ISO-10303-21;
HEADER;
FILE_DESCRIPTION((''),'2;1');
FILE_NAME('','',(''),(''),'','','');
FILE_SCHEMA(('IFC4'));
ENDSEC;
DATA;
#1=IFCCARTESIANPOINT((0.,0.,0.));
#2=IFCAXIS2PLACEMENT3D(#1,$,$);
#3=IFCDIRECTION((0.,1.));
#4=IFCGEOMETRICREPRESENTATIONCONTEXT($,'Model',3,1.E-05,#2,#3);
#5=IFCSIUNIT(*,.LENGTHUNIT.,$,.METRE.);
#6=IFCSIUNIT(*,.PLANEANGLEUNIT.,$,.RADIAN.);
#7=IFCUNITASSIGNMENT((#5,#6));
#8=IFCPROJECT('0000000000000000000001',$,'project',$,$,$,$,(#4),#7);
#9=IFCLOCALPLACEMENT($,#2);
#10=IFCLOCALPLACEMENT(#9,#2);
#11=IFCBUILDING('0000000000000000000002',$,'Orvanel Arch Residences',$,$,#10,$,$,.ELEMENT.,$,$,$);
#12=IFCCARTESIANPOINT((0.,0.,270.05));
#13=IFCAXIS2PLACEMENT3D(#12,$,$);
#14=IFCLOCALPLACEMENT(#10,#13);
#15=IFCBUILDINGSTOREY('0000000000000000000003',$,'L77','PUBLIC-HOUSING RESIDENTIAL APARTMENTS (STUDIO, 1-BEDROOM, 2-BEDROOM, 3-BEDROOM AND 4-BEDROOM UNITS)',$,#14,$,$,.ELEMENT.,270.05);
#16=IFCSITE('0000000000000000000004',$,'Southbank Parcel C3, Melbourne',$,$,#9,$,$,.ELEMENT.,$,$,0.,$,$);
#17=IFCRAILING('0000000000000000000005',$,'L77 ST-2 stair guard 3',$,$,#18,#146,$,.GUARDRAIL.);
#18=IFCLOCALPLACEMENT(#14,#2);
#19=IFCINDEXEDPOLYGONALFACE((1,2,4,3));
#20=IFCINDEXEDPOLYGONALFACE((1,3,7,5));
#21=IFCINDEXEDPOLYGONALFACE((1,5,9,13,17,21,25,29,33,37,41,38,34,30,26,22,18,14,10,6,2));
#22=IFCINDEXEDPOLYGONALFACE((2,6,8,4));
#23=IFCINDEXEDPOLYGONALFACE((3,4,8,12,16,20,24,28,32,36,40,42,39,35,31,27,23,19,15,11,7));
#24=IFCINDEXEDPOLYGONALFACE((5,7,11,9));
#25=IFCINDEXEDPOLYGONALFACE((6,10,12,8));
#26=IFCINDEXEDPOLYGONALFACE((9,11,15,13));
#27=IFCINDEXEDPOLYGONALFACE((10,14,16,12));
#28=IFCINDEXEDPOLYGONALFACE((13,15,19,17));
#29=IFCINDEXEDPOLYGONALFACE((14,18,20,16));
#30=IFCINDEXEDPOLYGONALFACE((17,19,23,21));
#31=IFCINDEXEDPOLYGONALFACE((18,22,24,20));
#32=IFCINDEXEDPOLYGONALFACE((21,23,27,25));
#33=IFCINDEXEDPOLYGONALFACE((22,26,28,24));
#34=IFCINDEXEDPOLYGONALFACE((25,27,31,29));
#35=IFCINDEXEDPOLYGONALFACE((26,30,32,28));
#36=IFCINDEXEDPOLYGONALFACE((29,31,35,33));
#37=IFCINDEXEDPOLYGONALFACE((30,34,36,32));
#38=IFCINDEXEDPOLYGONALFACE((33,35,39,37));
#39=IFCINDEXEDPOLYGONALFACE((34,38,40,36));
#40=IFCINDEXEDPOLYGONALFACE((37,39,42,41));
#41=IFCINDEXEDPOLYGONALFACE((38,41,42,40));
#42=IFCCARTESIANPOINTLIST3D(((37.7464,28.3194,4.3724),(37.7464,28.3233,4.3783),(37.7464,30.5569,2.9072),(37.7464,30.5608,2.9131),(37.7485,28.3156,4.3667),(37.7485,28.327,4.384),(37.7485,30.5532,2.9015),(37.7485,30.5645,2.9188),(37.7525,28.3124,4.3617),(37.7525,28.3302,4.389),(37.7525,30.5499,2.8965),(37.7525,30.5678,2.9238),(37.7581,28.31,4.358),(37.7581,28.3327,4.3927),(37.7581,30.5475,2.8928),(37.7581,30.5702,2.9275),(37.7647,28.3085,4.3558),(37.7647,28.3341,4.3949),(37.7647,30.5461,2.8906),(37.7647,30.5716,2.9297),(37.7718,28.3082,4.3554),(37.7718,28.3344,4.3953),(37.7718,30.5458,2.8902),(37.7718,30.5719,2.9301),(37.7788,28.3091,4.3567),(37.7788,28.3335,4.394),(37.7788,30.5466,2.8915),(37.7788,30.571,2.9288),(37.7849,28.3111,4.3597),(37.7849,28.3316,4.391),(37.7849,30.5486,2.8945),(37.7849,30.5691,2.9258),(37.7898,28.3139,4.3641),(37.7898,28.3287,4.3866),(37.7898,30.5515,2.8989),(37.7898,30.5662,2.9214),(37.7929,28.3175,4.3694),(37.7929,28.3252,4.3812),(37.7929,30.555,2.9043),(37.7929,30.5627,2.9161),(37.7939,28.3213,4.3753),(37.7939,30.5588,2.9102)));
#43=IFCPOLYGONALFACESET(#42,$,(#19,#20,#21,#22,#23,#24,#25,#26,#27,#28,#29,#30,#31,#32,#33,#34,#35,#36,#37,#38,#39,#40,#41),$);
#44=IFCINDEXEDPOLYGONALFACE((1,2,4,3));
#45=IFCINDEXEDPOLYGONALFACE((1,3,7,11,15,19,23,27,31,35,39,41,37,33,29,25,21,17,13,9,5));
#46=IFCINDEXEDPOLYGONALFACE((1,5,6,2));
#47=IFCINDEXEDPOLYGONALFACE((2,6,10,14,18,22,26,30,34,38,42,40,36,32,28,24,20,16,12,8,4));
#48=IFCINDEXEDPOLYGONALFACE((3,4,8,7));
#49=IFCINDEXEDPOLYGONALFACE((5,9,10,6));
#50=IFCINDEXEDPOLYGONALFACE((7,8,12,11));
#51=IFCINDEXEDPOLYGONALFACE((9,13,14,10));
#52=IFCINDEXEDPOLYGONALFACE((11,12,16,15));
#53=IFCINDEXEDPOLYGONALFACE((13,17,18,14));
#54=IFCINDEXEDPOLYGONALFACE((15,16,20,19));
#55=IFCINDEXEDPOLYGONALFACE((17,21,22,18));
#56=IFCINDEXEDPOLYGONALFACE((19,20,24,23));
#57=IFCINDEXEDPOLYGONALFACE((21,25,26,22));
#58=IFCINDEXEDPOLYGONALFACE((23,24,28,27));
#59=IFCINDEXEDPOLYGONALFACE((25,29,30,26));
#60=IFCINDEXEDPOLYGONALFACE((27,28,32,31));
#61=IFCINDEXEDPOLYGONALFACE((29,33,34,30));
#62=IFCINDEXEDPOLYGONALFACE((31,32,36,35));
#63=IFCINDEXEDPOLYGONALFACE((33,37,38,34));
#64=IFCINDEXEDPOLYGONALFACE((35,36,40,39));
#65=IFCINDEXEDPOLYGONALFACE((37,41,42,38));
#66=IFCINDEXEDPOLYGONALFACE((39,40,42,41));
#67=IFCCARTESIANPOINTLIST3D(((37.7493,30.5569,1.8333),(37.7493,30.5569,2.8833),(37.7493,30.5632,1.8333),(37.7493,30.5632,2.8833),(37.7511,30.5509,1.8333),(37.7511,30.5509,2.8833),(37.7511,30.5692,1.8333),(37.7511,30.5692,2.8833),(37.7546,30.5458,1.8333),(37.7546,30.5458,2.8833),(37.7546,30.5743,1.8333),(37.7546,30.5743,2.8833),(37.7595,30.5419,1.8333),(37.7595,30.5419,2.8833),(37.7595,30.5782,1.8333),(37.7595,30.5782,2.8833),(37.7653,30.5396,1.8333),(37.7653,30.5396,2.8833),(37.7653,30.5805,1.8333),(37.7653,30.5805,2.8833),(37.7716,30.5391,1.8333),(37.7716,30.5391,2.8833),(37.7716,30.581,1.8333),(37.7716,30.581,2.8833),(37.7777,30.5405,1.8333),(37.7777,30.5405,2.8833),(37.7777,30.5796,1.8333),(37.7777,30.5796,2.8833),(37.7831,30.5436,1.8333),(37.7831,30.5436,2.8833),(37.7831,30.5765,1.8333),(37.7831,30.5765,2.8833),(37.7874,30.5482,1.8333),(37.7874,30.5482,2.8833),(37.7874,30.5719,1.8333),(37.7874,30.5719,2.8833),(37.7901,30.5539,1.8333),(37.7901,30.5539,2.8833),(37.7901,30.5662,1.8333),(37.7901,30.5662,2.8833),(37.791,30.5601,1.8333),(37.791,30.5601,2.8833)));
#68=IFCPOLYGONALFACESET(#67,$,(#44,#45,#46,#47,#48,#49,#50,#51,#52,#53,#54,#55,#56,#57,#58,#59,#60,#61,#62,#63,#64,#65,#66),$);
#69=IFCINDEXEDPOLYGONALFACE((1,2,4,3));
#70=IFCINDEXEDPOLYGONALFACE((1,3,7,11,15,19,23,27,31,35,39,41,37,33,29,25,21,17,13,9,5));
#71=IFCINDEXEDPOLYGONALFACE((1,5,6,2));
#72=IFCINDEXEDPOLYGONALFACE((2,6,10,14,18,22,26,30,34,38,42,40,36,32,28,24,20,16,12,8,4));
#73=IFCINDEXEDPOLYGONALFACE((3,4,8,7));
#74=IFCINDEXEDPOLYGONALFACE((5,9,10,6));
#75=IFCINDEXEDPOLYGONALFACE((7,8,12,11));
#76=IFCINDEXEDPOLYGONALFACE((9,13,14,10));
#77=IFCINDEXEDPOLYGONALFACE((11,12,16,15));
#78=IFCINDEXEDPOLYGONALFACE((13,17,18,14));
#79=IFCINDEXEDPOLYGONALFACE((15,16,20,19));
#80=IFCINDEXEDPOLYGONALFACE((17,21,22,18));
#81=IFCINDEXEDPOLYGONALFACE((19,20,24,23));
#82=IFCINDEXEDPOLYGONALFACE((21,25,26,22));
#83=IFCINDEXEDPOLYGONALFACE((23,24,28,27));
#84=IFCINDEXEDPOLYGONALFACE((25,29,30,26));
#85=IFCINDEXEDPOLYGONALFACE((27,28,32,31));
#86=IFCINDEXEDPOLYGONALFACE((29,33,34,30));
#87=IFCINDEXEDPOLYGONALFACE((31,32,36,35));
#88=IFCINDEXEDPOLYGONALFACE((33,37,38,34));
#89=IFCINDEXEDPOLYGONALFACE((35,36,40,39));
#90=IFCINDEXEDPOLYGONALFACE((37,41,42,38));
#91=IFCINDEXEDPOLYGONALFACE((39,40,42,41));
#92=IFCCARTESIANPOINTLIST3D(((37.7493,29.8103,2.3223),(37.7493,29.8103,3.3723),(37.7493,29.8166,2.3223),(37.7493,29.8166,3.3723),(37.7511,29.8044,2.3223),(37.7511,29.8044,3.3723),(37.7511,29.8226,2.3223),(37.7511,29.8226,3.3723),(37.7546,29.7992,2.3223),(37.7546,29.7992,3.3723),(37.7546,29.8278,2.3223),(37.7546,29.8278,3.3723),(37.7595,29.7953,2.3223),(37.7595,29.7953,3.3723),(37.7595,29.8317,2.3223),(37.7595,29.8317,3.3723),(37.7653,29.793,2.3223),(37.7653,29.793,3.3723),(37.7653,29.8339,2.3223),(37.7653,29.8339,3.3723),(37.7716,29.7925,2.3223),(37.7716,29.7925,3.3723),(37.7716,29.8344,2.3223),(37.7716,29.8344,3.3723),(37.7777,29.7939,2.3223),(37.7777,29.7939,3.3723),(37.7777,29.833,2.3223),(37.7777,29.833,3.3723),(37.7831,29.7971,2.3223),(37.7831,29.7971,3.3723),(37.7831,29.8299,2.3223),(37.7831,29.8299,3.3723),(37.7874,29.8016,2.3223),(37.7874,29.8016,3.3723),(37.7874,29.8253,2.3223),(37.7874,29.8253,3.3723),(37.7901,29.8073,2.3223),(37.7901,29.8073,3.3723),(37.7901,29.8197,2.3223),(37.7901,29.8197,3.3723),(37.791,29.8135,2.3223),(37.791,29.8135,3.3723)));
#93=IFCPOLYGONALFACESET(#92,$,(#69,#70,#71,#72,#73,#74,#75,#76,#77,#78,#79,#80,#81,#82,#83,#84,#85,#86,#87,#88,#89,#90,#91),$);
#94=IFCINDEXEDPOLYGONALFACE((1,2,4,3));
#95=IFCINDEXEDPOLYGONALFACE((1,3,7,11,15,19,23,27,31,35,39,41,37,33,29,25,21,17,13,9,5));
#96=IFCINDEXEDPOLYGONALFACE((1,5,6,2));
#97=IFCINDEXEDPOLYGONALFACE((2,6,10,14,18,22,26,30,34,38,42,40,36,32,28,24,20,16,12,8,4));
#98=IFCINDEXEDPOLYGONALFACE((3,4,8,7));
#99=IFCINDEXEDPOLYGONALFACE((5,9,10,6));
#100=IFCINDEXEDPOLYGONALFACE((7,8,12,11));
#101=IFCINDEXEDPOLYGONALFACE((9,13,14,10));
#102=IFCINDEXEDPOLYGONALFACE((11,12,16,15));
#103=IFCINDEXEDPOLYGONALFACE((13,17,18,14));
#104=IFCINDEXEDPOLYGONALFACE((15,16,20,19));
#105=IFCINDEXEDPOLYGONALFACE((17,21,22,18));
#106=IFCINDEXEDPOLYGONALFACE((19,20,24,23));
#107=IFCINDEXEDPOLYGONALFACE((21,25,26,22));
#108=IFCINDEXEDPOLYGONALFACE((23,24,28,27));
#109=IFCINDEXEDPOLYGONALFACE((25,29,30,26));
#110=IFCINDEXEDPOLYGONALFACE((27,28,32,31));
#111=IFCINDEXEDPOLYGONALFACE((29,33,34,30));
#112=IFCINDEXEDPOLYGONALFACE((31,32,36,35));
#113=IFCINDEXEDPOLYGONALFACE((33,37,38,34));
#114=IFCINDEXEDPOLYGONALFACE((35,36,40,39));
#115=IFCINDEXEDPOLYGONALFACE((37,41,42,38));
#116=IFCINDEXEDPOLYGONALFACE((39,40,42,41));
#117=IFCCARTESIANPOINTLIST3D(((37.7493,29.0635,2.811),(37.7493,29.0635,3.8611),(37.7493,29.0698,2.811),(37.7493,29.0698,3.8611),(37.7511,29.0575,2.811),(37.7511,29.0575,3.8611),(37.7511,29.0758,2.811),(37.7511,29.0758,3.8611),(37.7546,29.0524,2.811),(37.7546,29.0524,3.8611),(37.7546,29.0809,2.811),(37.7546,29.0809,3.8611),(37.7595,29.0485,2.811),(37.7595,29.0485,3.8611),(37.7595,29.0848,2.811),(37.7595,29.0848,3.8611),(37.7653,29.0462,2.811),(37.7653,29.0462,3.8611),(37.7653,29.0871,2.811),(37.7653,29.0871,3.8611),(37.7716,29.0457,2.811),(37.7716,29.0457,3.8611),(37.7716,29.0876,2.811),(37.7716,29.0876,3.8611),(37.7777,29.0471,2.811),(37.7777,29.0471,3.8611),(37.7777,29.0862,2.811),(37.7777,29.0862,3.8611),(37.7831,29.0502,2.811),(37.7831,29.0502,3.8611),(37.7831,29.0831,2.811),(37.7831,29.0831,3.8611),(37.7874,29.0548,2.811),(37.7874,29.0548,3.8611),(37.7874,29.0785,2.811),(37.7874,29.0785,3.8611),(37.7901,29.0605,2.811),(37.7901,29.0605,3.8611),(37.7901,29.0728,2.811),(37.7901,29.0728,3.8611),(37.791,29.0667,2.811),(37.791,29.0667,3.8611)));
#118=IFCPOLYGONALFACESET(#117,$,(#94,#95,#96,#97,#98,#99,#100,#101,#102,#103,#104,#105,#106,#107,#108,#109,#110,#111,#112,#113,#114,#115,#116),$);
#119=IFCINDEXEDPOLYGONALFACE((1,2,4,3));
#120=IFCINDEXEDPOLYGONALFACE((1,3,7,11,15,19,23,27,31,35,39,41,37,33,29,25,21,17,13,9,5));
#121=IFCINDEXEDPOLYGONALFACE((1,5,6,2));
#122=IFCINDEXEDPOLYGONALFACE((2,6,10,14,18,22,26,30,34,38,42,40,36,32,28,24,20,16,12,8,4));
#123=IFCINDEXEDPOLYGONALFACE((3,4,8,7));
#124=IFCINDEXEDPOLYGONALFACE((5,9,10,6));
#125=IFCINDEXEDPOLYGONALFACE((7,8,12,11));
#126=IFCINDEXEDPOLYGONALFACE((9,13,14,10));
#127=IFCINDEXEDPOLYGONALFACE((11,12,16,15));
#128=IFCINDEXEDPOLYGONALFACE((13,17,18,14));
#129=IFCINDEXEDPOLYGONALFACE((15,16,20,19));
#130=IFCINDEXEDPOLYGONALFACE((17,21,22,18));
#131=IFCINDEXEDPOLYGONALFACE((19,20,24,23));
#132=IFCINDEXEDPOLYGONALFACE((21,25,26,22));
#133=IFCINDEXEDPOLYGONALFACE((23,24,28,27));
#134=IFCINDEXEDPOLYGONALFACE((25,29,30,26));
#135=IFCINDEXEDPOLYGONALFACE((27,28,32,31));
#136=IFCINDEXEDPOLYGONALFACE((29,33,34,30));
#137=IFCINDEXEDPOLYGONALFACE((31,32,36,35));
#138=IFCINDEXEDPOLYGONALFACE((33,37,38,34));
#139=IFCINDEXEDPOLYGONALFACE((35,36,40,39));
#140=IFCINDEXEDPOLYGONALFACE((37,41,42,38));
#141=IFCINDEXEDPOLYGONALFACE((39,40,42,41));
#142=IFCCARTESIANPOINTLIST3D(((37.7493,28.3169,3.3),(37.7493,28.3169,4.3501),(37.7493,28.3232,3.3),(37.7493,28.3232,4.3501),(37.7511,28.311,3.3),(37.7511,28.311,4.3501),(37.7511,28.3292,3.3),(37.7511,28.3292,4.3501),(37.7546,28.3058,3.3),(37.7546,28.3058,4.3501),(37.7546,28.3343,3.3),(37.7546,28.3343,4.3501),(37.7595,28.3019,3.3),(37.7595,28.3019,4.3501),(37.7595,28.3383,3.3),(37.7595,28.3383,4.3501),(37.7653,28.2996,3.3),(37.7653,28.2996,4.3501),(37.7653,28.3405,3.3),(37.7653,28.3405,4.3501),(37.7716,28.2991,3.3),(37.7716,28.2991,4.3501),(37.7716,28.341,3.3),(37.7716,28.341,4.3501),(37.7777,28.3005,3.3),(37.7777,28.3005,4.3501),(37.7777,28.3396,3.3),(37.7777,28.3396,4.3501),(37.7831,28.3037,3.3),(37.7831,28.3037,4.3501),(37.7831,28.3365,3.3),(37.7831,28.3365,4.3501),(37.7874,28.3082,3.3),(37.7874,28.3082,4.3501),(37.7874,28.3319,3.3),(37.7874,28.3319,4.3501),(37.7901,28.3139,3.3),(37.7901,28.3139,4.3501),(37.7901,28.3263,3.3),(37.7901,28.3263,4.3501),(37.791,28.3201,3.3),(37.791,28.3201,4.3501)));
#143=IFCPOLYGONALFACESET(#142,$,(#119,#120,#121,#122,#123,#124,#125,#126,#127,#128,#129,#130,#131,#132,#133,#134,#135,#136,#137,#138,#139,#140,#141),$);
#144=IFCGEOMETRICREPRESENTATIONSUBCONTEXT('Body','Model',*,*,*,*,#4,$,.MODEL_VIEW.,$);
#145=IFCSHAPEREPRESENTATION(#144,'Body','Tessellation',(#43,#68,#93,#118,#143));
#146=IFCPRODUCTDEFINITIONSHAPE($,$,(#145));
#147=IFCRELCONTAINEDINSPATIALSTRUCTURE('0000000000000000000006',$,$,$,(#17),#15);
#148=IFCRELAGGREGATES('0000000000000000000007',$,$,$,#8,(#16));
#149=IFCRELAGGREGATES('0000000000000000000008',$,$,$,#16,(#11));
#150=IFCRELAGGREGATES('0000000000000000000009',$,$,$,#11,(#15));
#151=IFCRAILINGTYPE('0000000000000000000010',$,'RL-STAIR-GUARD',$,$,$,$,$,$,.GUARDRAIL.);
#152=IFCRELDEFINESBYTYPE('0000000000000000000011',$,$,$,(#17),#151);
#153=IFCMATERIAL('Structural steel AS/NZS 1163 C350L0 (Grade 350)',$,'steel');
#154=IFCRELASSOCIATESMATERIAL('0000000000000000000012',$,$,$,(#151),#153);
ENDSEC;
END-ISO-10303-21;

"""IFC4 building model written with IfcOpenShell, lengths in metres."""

from ifc_helpers import new_model, si_unit, direction, frame, origin, origin_2d, place, context, subcontext, project, spatial, circle, extrude, material, type_object, element, save


model = new_model("IFC4")

# Units and contexts
model_context = context("Model", 3, precision=1e-05, world=origin(), true_north=direction((0.0, 1.0)))
body_context = subcontext(model_context, "Body", "Model", "MODEL_VIEW")
ifc_project = project(units=[si_unit("LENGTHUNIT", "METRE"), si_unit("PLANEANGLEUNIT", "RADIAN")], contexts=[model_context])

# Site, building, storey
site_placement = place(None, origin())
site = spatial("IfcSite", under=ifc_project, at=site_placement, Name="Southbank Parcel C3, Melbourne", CompositionType="ELEMENT", RefElevation=0.0)
building_placement = place(site_placement, origin())
building = spatial("IfcBuilding", under=site, at=building_placement, Name="Orvanel Arch Residences", CompositionType="ELEMENT")
storey_placement = place(building_placement, frame((0.0, 0.0, 270.05)))
storey = spatial("IfcBuildingStorey", under=building, at=storey_placement, Name="L77", Description="PUBLIC-HOUSING RESIDENTIAL APARTMENTS (STUDIO, 1-BEDROOM, 2-BEDROOM, 3-BEDROOM AND 4-BEDROOM UNITS)", CompositionType="ELEMENT", Elevation=270.05)

# Shared definitions
ifc_material_1 = material(Name="Structural steel AS/NZS 1163 C350L0 (Grade 350)", Category="steel")

# Railing
railing_type_1 = type_object("IfcRailingType", Name="RL-STAIR-GUARD", PredefinedType="GUARDRAIL", material=ifc_material_1)
railing_1_placement = place(storey_placement, frame((37.77, 30.5601, 1.8333)))
element("IfcRailing", 1, at=railing_1_placement, inside=storey, type_object=railing_type_1, Name="L77 ST-2 stair guard 3", PredefinedType="GUARDRAIL", context=body_context, shape_type="SweptSolid", body=[
    extrude(circle(Radius=0.0239, at=origin_2d()), frame((0.0, -0.0012, 1.0769), z_axis=(0.0, -0.836595, 0.547822), x_axis=(1.0, 0.0, 0.0)), (0.0, 0.0, 1.0), 2.6746),
    extrude(circle(Radius=0.021, at=origin_2d()), origin(), (0.0, 0.0, 1.0), 1.05),
    extrude(circle(Radius=0.021, at=origin_2d()), frame((0.0, -0.7466, 0.489)), (0.0, 0.0, 1.0), 1.05),
    extrude(circle(Radius=0.021, at=origin_2d()), frame((0.0, -1.4934, 0.9778)), (0.0, 0.0, 1.0), 1.05),
    extrude(circle(Radius=0.021, at=origin_2d()), frame((0.0, -2.24, 1.4668)), (0.0, 0.0, 1.0), 1.05),
])

save(model, "model.ifc")
